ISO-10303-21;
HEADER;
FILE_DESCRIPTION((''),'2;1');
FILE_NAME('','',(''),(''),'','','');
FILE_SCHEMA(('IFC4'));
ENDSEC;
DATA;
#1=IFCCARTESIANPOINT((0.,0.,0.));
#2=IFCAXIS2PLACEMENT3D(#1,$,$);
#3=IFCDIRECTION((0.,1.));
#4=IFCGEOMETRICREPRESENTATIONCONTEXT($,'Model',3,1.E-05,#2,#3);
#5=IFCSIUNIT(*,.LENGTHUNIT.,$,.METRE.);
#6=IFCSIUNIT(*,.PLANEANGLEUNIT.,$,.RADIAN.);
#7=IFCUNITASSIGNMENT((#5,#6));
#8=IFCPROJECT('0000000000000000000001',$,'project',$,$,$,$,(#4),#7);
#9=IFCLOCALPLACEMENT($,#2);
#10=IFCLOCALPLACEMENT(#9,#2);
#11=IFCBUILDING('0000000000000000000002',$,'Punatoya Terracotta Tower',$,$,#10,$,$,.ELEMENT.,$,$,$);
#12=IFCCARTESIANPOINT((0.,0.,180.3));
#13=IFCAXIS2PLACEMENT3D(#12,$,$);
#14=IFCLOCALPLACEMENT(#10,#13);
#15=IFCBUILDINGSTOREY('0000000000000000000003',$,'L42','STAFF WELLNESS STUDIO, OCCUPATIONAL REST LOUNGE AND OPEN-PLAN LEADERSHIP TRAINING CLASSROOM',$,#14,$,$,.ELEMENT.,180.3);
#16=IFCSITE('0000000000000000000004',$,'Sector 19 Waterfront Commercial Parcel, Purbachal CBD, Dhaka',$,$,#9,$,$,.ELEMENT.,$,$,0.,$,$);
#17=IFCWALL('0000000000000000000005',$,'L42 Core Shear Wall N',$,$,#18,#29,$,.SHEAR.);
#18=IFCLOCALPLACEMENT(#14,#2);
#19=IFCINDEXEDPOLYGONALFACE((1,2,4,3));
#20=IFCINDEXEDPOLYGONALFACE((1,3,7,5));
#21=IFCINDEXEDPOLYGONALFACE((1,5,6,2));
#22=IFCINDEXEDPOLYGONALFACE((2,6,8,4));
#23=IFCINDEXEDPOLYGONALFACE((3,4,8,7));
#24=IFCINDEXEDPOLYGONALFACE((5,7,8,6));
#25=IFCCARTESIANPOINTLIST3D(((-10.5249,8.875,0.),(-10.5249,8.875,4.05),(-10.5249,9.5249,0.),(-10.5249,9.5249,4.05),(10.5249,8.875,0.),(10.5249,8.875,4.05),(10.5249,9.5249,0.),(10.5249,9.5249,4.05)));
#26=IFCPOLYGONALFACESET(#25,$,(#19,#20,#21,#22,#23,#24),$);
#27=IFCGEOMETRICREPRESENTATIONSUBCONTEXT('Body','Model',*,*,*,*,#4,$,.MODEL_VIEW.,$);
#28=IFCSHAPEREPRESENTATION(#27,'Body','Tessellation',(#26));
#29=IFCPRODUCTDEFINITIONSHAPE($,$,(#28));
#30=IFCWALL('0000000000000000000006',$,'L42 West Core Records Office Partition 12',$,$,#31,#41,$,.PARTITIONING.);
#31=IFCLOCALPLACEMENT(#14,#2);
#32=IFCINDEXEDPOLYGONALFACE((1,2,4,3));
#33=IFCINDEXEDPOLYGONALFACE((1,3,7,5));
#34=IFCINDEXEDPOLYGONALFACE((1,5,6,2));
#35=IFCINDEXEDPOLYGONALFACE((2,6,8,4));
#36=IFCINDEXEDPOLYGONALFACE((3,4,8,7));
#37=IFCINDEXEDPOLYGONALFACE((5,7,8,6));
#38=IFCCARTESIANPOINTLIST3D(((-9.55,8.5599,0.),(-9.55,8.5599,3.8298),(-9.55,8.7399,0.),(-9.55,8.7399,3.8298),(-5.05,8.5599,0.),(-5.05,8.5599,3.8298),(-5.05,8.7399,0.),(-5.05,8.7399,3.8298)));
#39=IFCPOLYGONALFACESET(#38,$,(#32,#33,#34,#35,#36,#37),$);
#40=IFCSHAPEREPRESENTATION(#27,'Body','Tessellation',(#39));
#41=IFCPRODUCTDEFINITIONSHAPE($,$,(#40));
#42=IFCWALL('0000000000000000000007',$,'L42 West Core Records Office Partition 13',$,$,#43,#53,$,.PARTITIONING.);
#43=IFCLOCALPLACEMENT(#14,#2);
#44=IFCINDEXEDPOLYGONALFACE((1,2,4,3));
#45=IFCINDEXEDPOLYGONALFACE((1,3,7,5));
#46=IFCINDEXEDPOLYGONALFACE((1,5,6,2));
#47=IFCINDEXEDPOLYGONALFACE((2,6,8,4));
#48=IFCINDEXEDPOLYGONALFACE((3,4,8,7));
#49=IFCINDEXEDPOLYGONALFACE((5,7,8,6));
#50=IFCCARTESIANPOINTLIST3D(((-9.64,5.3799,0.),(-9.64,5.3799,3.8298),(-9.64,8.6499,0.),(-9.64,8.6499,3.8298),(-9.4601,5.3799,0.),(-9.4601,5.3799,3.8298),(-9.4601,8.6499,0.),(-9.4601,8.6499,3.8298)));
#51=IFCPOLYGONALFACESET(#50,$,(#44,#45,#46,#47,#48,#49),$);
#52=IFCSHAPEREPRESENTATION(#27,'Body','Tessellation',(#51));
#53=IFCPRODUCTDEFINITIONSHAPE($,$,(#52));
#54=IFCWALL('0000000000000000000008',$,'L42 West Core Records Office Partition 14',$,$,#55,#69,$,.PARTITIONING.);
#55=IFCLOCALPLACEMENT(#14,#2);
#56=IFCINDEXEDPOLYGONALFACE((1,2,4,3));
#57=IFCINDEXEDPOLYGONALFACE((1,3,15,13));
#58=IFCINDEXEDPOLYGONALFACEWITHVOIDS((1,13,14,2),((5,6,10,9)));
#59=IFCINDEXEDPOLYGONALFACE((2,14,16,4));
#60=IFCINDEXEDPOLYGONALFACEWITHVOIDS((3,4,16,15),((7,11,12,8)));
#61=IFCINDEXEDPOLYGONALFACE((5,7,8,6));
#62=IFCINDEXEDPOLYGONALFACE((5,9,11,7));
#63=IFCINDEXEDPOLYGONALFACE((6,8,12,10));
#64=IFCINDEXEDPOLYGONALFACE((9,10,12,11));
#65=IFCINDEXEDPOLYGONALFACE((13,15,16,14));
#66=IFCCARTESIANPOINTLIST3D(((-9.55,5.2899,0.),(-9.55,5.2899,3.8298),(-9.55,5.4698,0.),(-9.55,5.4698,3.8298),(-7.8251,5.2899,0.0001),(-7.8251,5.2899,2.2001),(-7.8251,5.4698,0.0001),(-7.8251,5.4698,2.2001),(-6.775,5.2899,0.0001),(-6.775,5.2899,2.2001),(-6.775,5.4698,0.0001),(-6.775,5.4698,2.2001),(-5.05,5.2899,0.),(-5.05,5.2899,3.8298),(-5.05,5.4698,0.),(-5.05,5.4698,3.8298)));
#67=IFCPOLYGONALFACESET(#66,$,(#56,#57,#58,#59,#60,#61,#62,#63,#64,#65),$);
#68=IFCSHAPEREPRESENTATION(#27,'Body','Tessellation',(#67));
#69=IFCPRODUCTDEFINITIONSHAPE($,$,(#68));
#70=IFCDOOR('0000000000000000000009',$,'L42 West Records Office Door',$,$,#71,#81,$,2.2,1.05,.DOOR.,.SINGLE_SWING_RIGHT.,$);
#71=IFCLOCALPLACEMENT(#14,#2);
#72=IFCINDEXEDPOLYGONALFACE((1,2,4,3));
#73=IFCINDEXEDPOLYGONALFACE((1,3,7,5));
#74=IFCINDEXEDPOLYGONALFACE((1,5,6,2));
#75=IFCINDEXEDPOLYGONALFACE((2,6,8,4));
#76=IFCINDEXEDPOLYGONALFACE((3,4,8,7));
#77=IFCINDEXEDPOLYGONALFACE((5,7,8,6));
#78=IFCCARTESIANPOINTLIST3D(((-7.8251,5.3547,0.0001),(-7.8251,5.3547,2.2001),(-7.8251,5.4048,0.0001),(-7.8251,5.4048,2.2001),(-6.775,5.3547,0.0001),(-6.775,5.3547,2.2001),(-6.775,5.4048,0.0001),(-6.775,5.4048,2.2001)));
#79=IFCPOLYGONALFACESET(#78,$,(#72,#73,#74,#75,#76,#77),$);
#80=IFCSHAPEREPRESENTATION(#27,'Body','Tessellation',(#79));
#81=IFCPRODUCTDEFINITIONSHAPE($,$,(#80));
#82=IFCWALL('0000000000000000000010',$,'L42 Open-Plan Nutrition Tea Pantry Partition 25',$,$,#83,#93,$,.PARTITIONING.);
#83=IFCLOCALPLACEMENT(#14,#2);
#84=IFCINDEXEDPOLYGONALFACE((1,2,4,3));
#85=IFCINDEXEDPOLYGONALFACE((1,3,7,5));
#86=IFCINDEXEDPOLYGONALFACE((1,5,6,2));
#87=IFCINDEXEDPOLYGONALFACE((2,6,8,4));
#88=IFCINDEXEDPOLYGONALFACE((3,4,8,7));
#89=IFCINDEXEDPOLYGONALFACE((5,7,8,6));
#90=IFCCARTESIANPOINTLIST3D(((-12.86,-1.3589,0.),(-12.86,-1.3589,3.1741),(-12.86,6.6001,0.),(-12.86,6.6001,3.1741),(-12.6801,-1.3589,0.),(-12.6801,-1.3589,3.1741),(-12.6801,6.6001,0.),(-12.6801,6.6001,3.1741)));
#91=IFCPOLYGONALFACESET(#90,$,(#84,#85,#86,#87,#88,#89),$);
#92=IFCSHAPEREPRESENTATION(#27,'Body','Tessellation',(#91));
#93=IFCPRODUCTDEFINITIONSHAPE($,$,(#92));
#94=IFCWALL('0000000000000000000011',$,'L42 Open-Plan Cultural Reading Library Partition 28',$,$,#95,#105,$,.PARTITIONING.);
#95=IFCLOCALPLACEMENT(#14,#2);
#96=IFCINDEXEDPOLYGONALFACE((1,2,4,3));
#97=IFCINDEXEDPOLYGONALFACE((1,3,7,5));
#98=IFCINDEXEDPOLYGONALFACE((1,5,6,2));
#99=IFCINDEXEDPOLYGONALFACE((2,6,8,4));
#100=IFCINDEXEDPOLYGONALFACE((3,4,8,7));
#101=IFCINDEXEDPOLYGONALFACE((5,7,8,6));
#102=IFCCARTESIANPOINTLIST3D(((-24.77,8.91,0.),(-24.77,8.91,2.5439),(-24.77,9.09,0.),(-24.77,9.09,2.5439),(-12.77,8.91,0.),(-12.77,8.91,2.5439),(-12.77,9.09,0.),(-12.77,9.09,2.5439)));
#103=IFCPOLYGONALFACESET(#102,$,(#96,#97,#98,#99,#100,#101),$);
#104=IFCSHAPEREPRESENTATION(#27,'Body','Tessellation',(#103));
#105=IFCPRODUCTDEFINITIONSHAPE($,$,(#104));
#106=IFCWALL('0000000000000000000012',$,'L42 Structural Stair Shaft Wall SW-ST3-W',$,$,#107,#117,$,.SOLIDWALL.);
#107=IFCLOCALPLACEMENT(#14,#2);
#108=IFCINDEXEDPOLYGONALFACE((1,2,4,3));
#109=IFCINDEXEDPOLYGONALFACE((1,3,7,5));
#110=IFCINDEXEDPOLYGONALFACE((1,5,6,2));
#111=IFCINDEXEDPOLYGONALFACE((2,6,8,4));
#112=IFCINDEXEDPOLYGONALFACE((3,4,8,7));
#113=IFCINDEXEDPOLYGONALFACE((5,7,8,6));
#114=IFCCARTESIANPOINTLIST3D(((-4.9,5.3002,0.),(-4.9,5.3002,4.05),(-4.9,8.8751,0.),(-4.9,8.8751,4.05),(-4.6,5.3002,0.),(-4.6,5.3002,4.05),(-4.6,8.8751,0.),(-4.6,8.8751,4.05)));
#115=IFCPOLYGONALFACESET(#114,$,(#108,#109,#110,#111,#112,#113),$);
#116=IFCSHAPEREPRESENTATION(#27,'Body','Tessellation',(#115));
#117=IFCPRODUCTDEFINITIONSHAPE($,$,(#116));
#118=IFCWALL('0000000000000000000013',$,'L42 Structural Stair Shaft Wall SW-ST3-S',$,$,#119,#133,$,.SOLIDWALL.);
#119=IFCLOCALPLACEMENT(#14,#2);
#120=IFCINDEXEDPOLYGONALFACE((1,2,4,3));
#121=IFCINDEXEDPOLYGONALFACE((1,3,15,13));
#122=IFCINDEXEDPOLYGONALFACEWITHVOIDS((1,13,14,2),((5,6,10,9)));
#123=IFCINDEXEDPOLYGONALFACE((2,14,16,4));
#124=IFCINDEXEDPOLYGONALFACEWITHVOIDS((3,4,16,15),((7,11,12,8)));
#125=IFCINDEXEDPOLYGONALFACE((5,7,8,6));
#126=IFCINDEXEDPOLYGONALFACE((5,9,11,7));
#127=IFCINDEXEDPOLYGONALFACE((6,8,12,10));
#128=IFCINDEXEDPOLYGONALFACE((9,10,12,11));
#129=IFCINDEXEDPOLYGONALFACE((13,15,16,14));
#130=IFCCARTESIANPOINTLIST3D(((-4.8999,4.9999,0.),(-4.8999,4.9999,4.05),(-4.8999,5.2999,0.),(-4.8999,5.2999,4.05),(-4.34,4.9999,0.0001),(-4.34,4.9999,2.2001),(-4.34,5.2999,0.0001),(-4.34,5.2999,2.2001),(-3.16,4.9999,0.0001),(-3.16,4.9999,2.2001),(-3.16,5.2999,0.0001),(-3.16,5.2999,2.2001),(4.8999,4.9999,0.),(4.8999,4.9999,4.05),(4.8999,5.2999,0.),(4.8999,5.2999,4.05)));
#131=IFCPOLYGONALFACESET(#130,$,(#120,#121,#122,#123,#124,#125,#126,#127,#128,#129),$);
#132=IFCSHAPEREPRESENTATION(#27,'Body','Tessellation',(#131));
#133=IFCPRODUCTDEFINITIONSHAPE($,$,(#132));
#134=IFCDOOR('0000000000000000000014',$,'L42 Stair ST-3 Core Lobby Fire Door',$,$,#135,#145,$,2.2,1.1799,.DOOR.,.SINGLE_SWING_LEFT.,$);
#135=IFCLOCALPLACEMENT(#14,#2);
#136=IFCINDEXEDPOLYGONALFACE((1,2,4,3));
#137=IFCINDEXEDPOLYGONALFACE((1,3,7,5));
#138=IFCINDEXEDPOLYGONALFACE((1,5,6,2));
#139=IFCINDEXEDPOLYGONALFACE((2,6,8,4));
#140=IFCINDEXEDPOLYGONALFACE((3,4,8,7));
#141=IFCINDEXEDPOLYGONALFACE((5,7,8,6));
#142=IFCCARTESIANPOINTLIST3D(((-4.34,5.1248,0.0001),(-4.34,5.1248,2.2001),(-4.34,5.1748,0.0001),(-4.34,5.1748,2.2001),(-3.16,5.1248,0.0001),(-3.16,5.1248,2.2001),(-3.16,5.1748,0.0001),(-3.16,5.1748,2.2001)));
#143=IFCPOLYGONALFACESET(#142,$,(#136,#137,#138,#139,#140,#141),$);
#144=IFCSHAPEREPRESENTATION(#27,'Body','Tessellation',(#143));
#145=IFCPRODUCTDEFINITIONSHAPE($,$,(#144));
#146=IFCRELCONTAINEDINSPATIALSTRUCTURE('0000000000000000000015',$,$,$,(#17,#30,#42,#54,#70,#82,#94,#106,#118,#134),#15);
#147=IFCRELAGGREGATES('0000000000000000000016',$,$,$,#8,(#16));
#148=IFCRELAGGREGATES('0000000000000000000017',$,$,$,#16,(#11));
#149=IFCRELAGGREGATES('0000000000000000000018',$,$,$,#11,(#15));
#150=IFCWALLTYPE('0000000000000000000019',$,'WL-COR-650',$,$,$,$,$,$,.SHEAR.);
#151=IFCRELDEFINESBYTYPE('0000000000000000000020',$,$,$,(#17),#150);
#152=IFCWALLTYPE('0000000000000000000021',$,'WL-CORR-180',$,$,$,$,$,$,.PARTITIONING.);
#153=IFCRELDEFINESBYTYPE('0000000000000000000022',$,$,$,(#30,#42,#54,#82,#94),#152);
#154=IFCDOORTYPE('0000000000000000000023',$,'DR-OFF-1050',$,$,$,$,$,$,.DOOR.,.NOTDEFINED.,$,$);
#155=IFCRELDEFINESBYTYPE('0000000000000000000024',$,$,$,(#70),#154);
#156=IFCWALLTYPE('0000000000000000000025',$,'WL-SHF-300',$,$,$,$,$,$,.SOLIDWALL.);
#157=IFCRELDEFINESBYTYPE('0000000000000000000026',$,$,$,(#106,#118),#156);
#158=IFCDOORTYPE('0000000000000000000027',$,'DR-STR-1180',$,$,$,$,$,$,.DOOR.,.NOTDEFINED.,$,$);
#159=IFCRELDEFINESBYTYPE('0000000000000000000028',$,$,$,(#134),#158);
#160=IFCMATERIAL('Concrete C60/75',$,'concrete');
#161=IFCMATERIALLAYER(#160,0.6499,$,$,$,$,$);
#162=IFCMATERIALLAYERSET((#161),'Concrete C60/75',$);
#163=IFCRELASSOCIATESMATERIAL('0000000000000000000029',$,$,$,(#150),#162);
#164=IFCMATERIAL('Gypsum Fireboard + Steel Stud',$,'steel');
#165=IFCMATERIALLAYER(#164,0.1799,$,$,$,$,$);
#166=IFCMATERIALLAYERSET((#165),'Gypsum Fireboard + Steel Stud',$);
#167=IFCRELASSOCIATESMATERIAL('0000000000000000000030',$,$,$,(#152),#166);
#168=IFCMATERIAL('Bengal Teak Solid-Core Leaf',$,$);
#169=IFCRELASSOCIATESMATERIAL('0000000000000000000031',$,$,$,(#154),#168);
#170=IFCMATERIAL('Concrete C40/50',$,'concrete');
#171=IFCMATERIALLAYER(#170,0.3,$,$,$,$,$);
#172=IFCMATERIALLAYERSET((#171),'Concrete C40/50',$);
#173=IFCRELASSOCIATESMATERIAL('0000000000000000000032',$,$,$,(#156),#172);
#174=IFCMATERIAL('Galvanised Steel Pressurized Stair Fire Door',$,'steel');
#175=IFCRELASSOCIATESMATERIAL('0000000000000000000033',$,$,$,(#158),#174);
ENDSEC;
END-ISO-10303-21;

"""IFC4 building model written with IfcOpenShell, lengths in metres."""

from ifc_helpers import new_model, si_unit, direction, frame, frame_2d, origin, place, context, subcontext, project, spatial, rectangle, extrude, material, layer, layer_set, type_object, element, fill, save


model = new_model("IFC4")

# Units and contexts
model_context = context("Model", 3, precision=1e-05, world=origin(), true_north=direction((0.0, 1.0)))
body_context = subcontext(model_context, "Body", "Model", "MODEL_VIEW")
ifc_project = project(units=[si_unit("LENGTHUNIT", "METRE"), si_unit("PLANEANGLEUNIT", "RADIAN")], contexts=[model_context])

# Site, building, storey
site_placement = place(None, origin())
site = spatial("IfcSite", under=ifc_project, at=site_placement, Name="Sector 19 Waterfront Commercial Parcel, Purbachal CBD, Dhaka", CompositionType="ELEMENT", RefElevation=0.0)
building_placement = place(site_placement, origin())
building = spatial("IfcBuilding", under=site, at=building_placement, Name="Punatoya Terracotta Tower", CompositionType="ELEMENT")
storey_placement = place(building_placement, frame((0.0, 0.0, 180.3)))
storey = spatial("IfcBuildingStorey", under=building, at=storey_placement, Name="L42", Description="STAFF WELLNESS STUDIO, OCCUPATIONAL REST LOUNGE AND OPEN-PLAN LEADERSHIP TRAINING CLASSROOM", CompositionType="ELEMENT", Elevation=180.3)

# Shared definitions
ifc_material_1 = material(Name="Concrete C60/75", Category="concrete")

# Shared definitions
ifc_material_2 = material(Name="Concrete C40/50", Category="concrete")

# Walls
ifc_layer_1 = layer(ifc_material_1, 0.6499)
ifc_layer_set_1 = layer_set([ifc_layer_1], Name="Concrete C60/75")
wall_type_1 = type_object("IfcWallType", Name="WL-COR-650", PredefinedType="SHEAR", material=ifc_layer_set_1)
wall_1_placement = place(storey_placement, frame((-10.5249, 9.2, 0.0), z_axis=(0.0, 0.0, 1.0), x_axis=(1.0, 0.0, 0.0)))
element("IfcWall", 1, at=wall_1_placement, inside=storey, type_object=wall_type_1, Name="L42 Core Shear Wall N", PredefinedType="SHEAR", context=body_context, shape_type="SweptSolid", body=[
    extrude(rectangle(XDim=21.0498, YDim=0.6499, at=frame_2d((10.5249, 0.0))), origin(), (0.0, 0.0, 1.0), 4.05),
])
ifc_material_3 = material(Name="Gypsum Fireboard + Steel Stud", Category="steel")
ifc_layer_2 = layer(ifc_material_3, 0.1799)
ifc_layer_set_2 = layer_set([ifc_layer_2], Name="Gypsum Fireboard + Steel Stud")
wall_type_2 = type_object("IfcWallType", Name="WL-CORR-180", PredefinedType="PARTITIONING", material=ifc_layer_set_2)
wall_2_placement = place(storey_placement, frame((-5.05, 8.6499, 0.0), z_axis=(0.0, 0.0, 1.0), x_axis=(-1.0, 0.0, 0.0)))
element("IfcWall", 2, at=wall_2_placement, inside=storey, type_object=wall_type_2, Name="L42 West Core Records Office Partition 12", PredefinedType="PARTITIONING", context=body_context, shape_type="SweptSolid", body=[
    extrude(rectangle(XDim=4.5, YDim=0.1799, at=frame_2d((2.25, 0.0))), origin(), (0.0, 0.0, 1.0), 3.8298),
])
wall_3_placement = place(storey_placement, frame((-9.55, 8.6499, 0.0), z_axis=(0.0, 0.0, 1.0), x_axis=(0.0, -1.0, 0.0)))
element("IfcWall", 3, at=wall_3_placement, inside=storey, type_object=wall_type_2, Name="L42 West Core Records Office Partition 13", PredefinedType="PARTITIONING", context=body_context, shape_type="SweptSolid", body=[
    extrude(rectangle(XDim=3.27, YDim=0.1799, at=frame_2d((1.635, 0.0))), origin(), (0.0, 0.0, 1.0), 3.8298),
])

# Wall, opening, door
wall_4_placement = place(storey_placement, frame((-9.55, 5.3799, 0.0), z_axis=(0.0, 0.0, 1.0), x_axis=(1.0, 0.0, 0.0)))
wall_4 = element("IfcWall", 4, at=wall_4_placement, inside=storey, type_object=wall_type_2, Name="L42 West Core Records Office Partition 14", PredefinedType="PARTITIONING", context=body_context, shape_type="SweptSolid", body=[
    extrude(rectangle(XDim=4.5, YDim=0.1799, at=frame_2d((2.25, 0.0))), origin(), (0.0, 0.0, 1.0), 3.8298),
])
opening_1_placement = place(wall_4_placement, frame((1.7251, 0.0, 0.0)))
opening_1 = element("IfcOpeningElement", 5, at=opening_1_placement, cuts=wall_4, PredefinedType="OPENING", context=body_context, shape_type="SweptSolid", body=[
    extrude(rectangle(XDim=1.05, YDim=2.2, at=frame_2d((0.5249, 1.1001))), frame((0.0, 0.0999, 0.0), z_axis=(0.0, -1.0, 0.0), x_axis=(1.0, 0.0, 0.0)), (0.0, 0.0, 1.0), 0.2),
])
ifc_material_4 = material(Name="Bengal Teak Solid-Core Leaf")
door_type_1 = type_object("IfcDoorType", Name="DR-OFF-1050", OperationType="NOTDEFINED", PredefinedType="DOOR", material=ifc_material_4)
door_1_placement = place(opening_1_placement, origin())
door_1 = element("IfcDoor", 6, at=door_1_placement, inside=storey, type_object=door_type_1, Name="L42 West Records Office Door", OperationType="SINGLE_SWING_RIGHT", OverallHeight=2.2, OverallWidth=1.05, PredefinedType="DOOR", context=body_context, shape_type="SweptSolid", body=[
    extrude(rectangle(XDim=1.05, YDim=2.2, at=frame_2d((0.5249, 1.1001))), frame((0.0, 0.0249, 0.0), z_axis=(0.0, -1.0, 0.0), x_axis=(1.0, 0.0, 0.0)), (0.0, 0.0, 1.0), 0.05),
])
fill(opening_1, door_1)

# Walls
wall_5_placement = place(storey_placement, frame((-12.77, 6.6001, 0.0), z_axis=(0.0, 0.0, 1.0), x_axis=(0.0, -1.0, 0.0)))
element("IfcWall", 7, at=wall_5_placement, inside=storey, type_object=wall_type_2, Name="L42 Open-Plan Nutrition Tea Pantry Partition 25", PredefinedType="PARTITIONING", context=body_context, shape_type="SweptSolid", body=[
    extrude(rectangle(XDim=7.959, YDim=0.1799, at=frame_2d((3.9795, 0.0))), origin(), (0.0, 0.0, 1.0), 3.1741),
])
wall_6_placement = place(storey_placement, frame((-12.77, 9.0, 0.0), z_axis=(0.0, 0.0, 1.0), x_axis=(-1.0, 0.0, 0.0)))
element("IfcWall", 8, at=wall_6_placement, inside=storey, type_object=wall_type_2, Name="L42 Open-Plan Cultural Reading Library Partition 28", PredefinedType="PARTITIONING", context=body_context, shape_type="SweptSolid", body=[
    extrude(rectangle(XDim=12.0, YDim=0.1799, at=frame_2d((6.0, 0.0))), origin(), (0.0, 0.0, 1.0), 2.5439),
])
ifc_layer_3 = layer(ifc_material_2, 0.3)
ifc_layer_set_3 = layer_set([ifc_layer_3], Name="Concrete C40/50")
wall_type_3 = type_object("IfcWallType", Name="WL-SHF-300", PredefinedType="SOLIDWALL", material=ifc_layer_set_3)
wall_7_placement = place(storey_placement, frame((-4.75, 5.3, 0.0), z_axis=(0.0, 0.0, 1.0), x_axis=(0.0, 1.0, 0.0)))
element("IfcWall", 9, at=wall_7_placement, inside=storey, type_object=wall_type_3, Name="L42 Structural Stair Shaft Wall SW-ST3-W", PredefinedType="SOLIDWALL", context=body_context, shape_type="SweptSolid", body=[
    extrude(rectangle(XDim=3.575, YDim=0.3, at=frame_2d((1.7876, 0.0))), origin(), (0.0, 0.0, 1.0), 4.05),
])

# Wall, opening, door
wall_8_placement = place(storey_placement, frame((-4.8999, 5.1499, 0.0), z_axis=(0.0, 0.0, 1.0), x_axis=(1.0, 0.0, 0.0)))
wall_8 = element("IfcWall", 10, at=wall_8_placement, inside=storey, type_object=wall_type_3, Name="L42 Structural Stair Shaft Wall SW-ST3-S", PredefinedType="SOLIDWALL", context=body_context, shape_type="SweptSolid", body=[
    extrude(rectangle(XDim=9.7998, YDim=0.3, at=frame_2d((4.8999, 0.0))), origin(), (0.0, 0.0, 1.0), 4.05),
])
opening_2_placement = place(wall_8_placement, frame((0.5601, 0.0, 0.0)))
opening_2 = element("IfcOpeningElement", 11, at=opening_2_placement, cuts=wall_8, PredefinedType="OPENING", context=body_context, shape_type="SweptSolid", body=[
    extrude(rectangle(XDim=1.1799, YDim=2.2, at=frame_2d((0.5898, 1.1001))), frame((0.0, 0.1599, 0.0), z_axis=(0.0, -1.0, 0.0), x_axis=(1.0, 0.0, 0.0)), (0.0, 0.0, 1.0), 0.3201),
])
ifc_material_5 = material(Name="Galvanised Steel Pressurized Stair Fire Door", Category="steel")
door_type_2 = type_object("IfcDoorType", Name="DR-STR-1180", OperationType="NOTDEFINED", PredefinedType="DOOR", material=ifc_material_5)
door_2_placement = place(opening_2_placement, origin())
door_2 = element("IfcDoor", 12, at=door_2_placement, inside=storey, type_object=door_type_2, Name="L42 Stair ST-3 Core Lobby Fire Door", OperationType="SINGLE_SWING_LEFT", OverallHeight=2.2, OverallWidth=1.1799, PredefinedType="DOOR", context=body_context, shape_type="SweptSolid", body=[
    extrude(rectangle(XDim=1.1799, YDim=2.2, at=frame_2d((0.5898, 1.1001))), frame((0.0, 0.0249, 0.0), z_axis=(0.0, -1.0, 0.0), x_axis=(1.0, 0.0, 0.0)), (0.0, 0.0, 1.0), 0.05),
])
fill(opening_2, door_2)

save(model, "model.ifc")
